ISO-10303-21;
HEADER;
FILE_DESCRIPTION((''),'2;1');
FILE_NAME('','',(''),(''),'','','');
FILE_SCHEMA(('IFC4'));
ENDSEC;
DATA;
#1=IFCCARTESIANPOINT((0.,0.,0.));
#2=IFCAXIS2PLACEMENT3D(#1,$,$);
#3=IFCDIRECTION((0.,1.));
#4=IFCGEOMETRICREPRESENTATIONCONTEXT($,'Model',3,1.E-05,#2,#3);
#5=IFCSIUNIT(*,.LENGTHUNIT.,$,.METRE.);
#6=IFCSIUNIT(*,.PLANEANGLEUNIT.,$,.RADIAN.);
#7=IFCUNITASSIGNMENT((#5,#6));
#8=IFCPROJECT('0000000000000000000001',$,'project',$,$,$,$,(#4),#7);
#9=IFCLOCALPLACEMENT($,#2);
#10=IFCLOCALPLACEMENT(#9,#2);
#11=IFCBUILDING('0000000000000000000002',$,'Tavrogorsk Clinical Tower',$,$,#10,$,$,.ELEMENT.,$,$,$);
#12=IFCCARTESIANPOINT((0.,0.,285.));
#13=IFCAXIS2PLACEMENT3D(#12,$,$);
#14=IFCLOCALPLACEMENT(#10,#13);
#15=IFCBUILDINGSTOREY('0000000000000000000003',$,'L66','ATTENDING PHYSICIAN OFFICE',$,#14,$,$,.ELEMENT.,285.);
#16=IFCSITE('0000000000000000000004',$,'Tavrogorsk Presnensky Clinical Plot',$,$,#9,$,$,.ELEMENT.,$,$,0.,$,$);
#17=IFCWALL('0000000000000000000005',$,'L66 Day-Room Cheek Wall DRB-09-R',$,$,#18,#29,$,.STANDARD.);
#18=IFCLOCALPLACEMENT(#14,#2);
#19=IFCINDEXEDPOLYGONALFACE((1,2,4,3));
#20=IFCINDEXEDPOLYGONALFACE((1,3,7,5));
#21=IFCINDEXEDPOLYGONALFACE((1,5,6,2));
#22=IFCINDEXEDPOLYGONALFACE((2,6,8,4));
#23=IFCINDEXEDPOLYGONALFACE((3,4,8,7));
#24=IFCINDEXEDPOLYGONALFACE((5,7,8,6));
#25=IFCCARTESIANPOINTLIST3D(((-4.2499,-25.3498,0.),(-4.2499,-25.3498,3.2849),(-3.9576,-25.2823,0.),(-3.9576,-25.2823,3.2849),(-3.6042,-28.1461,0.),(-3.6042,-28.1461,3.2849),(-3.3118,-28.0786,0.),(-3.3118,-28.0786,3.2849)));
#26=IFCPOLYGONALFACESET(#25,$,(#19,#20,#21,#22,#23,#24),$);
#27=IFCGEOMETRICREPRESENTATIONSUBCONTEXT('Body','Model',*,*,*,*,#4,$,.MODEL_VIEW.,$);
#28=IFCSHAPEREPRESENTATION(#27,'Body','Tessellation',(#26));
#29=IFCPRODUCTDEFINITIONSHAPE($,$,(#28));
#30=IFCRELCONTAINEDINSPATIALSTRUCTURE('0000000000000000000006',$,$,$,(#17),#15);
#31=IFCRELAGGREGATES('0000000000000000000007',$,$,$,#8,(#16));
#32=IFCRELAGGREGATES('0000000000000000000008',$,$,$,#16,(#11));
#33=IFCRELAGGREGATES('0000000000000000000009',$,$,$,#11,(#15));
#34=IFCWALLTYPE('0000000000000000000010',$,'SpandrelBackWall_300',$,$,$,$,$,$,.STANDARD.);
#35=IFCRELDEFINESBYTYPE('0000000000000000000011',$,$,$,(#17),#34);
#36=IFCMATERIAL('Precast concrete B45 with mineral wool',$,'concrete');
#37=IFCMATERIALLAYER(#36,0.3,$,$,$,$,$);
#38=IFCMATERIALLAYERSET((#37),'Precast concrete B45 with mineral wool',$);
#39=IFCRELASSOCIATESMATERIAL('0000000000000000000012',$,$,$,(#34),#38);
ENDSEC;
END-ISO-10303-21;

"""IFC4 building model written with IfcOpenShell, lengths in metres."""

from ifc_helpers import new_model, si_unit, direction, frame, frame_2d, origin, place, context, subcontext, project, spatial, rectangle, extrude, material, layer, layer_set, type_object, element, save


model = new_model("IFC4")

# Units and contexts
model_context = context("Model", 3, precision=1e-05, world=origin(), true_north=direction((0.0, 1.0)))
body_context = subcontext(model_context, "Body", "Model", "MODEL_VIEW")
ifc_project = project(units=[si_unit("LENGTHUNIT", "METRE"), si_unit("PLANEANGLEUNIT", "RADIAN")], contexts=[model_context])

# Site, building, storey
site_placement = place(None, origin())
site = spatial("IfcSite", under=ifc_project, at=site_placement, Name="Tavrogorsk Presnensky Clinical Plot", CompositionType="ELEMENT", RefElevation=0.0)
building_placement = place(site_placement, origin())
building = spatial("IfcBuilding", under=site, at=building_placement, Name="Tavrogorsk Clinical Tower", CompositionType="ELEMENT")
storey_placement = place(building_placement, frame((0.0, 0.0, 285.0)))
storey = spatial("IfcBuildingStorey", under=building, at=storey_placement, Name="L66", Description="ATTENDING PHYSICIAN OFFICE", CompositionType="ELEMENT", Elevation=285.0)

# Wall
ifc_material_1 = material(Name="Precast concrete B45 with mineral wool", Category="concrete")
ifc_layer_1 = layer(ifc_material_1, 0.3)
ifc_layer_set_1 = layer_set([ifc_layer_1], Name="Precast concrete B45 with mineral wool")
wall_type_1 = type_object("IfcWallType", Name="SpandrelBackWall_300", PredefinedType="STANDARD", material=ifc_layer_set_1)
wall_1_placement = place(storey_placement, frame((-4.1038, -25.3159, 0.0), z_axis=(0.0, 0.0, 1.0), x_axis=(0.225002, -0.974358, 0.0)))
element("IfcWall", 1, at=wall_1_placement, inside=storey, type_object=wall_type_1, Name="L66 Day-Room Cheek Wall DRB-09-R", PredefinedType="STANDARD", context=body_context, shape_type="SweptSolid", body=[
    extrude(rectangle(XDim=2.8699, YDim=0.3, at=frame_2d((1.4351, 0.0))), origin(), (0.0, 0.0, 1.0), 3.2849),
])

save(model, "model.ifc")
